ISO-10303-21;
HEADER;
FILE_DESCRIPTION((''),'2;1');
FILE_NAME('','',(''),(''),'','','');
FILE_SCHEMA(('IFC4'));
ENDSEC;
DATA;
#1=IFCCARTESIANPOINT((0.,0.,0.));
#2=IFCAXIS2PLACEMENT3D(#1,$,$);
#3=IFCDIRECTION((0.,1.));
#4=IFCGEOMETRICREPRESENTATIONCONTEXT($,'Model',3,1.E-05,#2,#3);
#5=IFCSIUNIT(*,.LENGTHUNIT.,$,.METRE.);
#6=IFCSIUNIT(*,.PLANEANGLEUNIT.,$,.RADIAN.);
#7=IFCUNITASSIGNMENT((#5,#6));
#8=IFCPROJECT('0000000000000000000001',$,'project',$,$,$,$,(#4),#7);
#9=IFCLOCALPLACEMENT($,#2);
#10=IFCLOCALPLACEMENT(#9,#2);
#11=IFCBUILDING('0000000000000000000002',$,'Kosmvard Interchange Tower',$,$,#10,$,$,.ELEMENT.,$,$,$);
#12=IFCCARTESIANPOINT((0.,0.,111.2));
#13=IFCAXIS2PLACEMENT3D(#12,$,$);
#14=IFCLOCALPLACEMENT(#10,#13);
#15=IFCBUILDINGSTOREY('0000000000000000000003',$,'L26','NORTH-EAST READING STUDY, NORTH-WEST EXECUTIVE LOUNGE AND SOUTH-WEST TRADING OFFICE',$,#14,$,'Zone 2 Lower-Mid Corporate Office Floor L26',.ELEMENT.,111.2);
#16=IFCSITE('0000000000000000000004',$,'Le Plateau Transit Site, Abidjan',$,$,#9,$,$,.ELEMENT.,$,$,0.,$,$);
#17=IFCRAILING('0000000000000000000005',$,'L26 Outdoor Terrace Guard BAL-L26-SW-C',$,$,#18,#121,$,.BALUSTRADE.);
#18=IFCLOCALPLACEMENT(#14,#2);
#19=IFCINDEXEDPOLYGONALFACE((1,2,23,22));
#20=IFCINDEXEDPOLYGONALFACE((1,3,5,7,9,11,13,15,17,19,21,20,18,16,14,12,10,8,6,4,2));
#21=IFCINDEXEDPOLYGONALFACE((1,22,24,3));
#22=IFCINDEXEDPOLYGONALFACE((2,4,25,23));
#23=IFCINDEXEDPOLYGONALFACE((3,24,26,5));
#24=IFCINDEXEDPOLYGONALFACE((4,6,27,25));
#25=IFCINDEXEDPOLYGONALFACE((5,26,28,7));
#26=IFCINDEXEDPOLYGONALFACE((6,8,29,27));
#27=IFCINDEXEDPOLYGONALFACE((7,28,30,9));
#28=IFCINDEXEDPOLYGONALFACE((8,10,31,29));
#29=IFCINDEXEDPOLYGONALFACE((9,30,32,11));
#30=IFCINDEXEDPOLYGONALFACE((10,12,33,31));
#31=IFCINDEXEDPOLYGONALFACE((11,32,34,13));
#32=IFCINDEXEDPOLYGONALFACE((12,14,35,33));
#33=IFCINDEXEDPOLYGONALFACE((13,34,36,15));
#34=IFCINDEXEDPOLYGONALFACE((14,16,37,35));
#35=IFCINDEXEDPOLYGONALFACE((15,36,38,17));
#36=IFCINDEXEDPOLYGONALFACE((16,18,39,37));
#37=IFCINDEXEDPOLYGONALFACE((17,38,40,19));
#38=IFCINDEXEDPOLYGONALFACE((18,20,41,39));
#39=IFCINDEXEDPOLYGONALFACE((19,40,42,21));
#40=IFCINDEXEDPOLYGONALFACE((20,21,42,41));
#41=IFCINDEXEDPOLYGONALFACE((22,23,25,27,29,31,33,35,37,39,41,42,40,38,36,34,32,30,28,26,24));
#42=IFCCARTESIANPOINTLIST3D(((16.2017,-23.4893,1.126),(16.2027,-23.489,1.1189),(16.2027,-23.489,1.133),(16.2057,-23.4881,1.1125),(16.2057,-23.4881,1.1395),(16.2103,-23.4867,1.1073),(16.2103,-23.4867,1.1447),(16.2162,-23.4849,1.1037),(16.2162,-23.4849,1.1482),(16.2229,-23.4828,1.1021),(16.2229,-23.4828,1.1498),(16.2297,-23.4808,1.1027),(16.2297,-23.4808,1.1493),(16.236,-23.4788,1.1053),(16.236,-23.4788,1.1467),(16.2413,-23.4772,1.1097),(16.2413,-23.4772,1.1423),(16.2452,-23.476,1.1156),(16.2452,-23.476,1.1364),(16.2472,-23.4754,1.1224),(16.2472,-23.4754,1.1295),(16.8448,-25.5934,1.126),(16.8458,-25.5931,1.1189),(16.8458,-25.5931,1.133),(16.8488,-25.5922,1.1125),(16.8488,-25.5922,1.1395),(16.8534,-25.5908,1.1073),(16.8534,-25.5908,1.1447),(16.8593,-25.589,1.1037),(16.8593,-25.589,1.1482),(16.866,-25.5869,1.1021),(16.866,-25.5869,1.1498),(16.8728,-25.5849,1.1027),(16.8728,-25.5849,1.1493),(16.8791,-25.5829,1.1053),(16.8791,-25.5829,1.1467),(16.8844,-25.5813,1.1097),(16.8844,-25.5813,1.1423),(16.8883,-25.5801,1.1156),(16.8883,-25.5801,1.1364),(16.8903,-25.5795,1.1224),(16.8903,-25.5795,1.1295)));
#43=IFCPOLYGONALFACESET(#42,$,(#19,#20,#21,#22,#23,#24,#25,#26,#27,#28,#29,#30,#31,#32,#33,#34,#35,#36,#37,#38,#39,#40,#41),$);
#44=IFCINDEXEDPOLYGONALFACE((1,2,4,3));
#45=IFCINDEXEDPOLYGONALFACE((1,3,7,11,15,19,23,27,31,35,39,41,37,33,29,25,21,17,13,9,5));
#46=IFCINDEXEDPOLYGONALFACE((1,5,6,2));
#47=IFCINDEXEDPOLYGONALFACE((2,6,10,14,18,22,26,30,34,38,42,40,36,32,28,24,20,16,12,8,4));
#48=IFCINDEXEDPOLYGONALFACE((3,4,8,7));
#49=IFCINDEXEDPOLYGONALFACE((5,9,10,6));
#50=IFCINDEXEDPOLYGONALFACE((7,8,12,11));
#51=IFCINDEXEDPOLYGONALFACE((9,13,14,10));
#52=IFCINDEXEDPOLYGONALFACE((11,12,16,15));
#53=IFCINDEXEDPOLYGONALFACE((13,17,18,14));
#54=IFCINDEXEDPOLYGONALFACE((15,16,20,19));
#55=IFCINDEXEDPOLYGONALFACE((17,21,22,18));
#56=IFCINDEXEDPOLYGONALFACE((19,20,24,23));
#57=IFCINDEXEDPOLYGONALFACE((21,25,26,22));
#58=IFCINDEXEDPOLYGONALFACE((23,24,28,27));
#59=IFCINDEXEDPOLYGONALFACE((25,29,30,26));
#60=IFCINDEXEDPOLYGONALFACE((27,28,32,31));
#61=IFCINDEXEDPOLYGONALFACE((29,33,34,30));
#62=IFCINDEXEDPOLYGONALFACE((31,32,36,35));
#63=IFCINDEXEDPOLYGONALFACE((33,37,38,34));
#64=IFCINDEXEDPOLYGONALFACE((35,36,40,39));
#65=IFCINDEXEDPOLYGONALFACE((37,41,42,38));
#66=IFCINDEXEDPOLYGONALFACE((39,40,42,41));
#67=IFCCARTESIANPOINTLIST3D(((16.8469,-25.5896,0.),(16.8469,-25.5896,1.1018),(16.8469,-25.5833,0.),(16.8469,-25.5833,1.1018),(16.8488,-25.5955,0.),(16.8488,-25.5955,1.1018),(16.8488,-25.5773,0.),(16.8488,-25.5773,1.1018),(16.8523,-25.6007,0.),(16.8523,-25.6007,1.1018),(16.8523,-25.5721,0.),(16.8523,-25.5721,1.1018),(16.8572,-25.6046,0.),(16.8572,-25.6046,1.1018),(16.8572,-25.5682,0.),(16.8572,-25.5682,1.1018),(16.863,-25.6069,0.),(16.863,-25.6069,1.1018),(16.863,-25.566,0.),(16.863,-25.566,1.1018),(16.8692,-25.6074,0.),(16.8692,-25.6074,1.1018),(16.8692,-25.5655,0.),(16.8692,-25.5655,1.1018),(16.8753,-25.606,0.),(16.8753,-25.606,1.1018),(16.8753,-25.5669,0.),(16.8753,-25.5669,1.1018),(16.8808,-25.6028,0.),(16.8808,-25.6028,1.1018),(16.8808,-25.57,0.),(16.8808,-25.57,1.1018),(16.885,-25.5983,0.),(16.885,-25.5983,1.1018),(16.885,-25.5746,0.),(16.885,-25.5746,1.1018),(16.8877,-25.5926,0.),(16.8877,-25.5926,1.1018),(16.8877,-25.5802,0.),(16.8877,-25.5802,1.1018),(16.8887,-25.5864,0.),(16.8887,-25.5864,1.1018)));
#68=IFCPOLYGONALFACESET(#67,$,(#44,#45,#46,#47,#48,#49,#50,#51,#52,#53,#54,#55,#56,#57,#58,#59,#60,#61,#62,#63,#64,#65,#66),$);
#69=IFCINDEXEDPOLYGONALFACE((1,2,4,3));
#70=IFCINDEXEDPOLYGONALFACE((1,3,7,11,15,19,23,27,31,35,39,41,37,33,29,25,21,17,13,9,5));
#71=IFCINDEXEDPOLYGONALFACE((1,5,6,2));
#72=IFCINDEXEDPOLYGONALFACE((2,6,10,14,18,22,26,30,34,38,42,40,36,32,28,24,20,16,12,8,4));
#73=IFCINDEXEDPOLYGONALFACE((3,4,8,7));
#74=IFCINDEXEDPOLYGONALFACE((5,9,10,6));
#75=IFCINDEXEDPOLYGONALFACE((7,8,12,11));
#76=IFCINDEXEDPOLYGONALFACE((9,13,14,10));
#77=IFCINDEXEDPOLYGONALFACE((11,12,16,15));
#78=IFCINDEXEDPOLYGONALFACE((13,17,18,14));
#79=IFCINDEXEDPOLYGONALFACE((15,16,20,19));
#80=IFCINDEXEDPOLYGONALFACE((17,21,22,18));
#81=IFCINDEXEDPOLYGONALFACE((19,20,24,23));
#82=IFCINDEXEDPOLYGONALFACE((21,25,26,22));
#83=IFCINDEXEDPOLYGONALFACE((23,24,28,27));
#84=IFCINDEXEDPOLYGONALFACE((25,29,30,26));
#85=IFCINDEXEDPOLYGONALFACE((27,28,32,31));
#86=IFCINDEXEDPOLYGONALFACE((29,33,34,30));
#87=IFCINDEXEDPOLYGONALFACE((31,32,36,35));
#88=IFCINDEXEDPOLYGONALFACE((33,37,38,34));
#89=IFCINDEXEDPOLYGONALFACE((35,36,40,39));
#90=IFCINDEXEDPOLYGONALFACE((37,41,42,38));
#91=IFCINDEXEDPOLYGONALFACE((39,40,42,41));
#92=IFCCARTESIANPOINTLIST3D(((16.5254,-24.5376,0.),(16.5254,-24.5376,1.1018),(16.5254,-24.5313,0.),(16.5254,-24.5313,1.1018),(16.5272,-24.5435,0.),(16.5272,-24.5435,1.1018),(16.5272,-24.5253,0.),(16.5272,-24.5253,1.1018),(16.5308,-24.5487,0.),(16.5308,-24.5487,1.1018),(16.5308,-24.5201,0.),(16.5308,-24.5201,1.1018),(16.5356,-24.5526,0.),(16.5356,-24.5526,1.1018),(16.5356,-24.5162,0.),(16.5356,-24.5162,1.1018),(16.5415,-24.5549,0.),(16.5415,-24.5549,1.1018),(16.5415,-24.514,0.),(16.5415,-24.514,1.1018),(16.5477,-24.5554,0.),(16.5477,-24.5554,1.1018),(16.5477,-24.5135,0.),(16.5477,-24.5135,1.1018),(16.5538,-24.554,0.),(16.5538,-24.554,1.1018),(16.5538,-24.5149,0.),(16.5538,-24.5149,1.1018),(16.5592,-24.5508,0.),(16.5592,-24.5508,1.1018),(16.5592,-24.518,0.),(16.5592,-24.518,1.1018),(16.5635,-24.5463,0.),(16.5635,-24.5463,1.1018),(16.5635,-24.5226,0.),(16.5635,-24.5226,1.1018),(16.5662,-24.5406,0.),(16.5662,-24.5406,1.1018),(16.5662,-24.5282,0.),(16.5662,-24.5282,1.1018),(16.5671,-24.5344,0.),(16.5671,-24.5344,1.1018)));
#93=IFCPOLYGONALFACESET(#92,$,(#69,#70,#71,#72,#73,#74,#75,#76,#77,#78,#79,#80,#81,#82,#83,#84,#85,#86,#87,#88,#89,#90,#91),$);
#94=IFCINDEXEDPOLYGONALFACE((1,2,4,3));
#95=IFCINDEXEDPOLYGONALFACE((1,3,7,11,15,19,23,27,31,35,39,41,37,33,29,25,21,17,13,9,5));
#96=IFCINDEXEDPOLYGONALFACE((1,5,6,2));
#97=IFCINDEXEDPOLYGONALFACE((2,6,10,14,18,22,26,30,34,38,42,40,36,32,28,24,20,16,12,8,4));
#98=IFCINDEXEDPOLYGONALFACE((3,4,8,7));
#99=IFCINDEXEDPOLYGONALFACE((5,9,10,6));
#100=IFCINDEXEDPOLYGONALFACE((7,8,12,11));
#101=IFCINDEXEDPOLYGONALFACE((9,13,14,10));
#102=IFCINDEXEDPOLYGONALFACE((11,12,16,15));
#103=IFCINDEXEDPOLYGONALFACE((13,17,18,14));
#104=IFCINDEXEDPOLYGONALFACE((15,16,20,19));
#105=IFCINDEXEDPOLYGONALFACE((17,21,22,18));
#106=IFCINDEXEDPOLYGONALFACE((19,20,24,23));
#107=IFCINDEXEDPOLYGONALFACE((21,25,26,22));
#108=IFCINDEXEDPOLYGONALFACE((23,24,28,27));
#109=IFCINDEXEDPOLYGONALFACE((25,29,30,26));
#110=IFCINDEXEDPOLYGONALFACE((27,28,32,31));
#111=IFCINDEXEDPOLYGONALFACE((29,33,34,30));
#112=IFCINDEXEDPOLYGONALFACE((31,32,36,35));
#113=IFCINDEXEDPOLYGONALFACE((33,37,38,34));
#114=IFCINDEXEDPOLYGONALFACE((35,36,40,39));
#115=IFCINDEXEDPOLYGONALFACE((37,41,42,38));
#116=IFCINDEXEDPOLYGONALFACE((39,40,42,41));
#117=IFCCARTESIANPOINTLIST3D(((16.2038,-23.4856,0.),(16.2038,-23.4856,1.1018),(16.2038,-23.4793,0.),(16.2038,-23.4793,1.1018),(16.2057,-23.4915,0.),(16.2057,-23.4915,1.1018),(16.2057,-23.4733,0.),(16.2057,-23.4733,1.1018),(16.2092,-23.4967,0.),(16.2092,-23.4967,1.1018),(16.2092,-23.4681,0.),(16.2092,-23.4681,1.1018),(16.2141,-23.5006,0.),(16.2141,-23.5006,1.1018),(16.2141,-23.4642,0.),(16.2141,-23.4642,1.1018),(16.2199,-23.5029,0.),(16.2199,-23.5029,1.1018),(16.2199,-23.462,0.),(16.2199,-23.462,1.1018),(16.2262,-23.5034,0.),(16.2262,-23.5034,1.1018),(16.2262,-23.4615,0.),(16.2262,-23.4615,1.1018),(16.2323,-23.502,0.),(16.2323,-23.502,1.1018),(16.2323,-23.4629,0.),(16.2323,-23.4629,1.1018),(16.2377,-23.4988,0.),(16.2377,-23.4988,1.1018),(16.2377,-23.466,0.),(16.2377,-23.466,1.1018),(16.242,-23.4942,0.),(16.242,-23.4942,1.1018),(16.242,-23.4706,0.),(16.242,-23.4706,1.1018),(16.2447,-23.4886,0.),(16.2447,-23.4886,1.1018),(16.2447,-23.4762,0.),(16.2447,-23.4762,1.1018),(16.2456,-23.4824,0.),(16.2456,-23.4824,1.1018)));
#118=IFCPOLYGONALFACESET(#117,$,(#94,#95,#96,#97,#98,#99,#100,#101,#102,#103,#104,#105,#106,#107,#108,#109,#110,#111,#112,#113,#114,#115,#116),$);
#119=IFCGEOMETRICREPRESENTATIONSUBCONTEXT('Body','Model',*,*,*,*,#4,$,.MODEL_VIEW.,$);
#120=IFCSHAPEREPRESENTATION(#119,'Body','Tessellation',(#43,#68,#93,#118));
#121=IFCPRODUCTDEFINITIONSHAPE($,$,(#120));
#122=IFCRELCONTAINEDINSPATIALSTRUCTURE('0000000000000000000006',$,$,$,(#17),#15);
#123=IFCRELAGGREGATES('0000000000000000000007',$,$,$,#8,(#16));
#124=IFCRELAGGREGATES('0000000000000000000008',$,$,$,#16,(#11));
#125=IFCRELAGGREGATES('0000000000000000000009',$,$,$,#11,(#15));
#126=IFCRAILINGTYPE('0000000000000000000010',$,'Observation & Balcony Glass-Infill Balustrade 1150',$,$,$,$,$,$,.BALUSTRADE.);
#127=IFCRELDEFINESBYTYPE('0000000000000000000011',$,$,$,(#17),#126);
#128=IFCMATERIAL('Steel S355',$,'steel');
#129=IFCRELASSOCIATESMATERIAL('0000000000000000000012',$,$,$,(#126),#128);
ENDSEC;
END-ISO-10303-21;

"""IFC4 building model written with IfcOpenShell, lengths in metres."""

from ifc_helpers import new_model, si_unit, direction, frame, origin, origin_2d, place, context, subcontext, project, spatial, circle, extrude, source, transform, mapped, material, type_object, element, save


model = new_model("IFC4")

# Units and contexts
model_context = context("Model", 3, precision=1e-05, world=origin(), true_north=direction((0.0, 1.0)))
body_context = subcontext(model_context, "Body", "Model", "MODEL_VIEW")
ifc_project = project(units=[si_unit("LENGTHUNIT", "METRE"), si_unit("PLANEANGLEUNIT", "RADIAN")], contexts=[model_context])

# Site, building, storey
site_placement = place(None, origin())
site = spatial("IfcSite", under=ifc_project, at=site_placement, Name="Le Plateau Transit Site, Abidjan", CompositionType="ELEMENT", RefElevation=0.0)
building_placement = place(site_placement, origin())
building = spatial("IfcBuilding", under=site, at=building_placement, Name="Kosmvard Interchange Tower", CompositionType="ELEMENT")
storey_placement = place(building_placement, frame((0.0, 0.0, 111.2)))
storey = spatial("IfcBuildingStorey", under=building, at=storey_placement, Name="L26", Description="NORTH-EAST READING STUDY, NORTH-WEST EXECUTIVE LOUNGE AND SOUTH-WEST TRADING OFFICE", LongName="Zone 2 Lower-Mid Corporate Office Floor L26", CompositionType="ELEMENT", Elevation=111.2)

# Shared definitions
ifc_material_1 = material(Name="Steel S355", Category="steel")

# Railing
railing_type = type_object("IfcRailingType", Name="Observation & Balcony Glass-Infill Balustrade 1150", PredefinedType="BALUSTRADE", material=ifc_material_1)
shared_shape_1 = source(origin(), body_context, "Body", "SweptSolid", [
    extrude(circle(Radius=0.0239, at=origin_2d()), frame((0.0, 0.0, 1.126), z_axis=(-0.292292, 0.956329, 0.0), x_axis=(-0.956329, -0.292292, 0.0)), (0.0, 0.0, 1.0), 2.2002),
    extrude(circle(Radius=0.021, at=origin_2d()), origin(), (0.0, 0.0, 1.0), 1.1018),
    extrude(circle(Radius=0.021, at=origin_2d()), frame((-0.3215, 1.052, 0.0)), (0.0, 0.0, 1.0), 1.1018),
    extrude(circle(Radius=0.021, at=origin_2d()), frame((-0.6431, 2.104, 0.0)), (0.0, 0.0, 1.0), 1.1018),
])
railing_placement = place(storey_placement, frame((16.8677, -25.5864, 0.0)))
element("IfcRailing", 1, at=railing_placement, inside=storey, type_object=railing_type, Name="L26 Outdoor Terrace Guard BAL-L26-SW-C", PredefinedType="BALUSTRADE", context=body_context, shape_type="MappedRepresentation", body=[
    mapped(shared_shape_1, transform((0.0, 0.0, 0.0), scale=1.0)),
])

save(model, "model.ifc")
